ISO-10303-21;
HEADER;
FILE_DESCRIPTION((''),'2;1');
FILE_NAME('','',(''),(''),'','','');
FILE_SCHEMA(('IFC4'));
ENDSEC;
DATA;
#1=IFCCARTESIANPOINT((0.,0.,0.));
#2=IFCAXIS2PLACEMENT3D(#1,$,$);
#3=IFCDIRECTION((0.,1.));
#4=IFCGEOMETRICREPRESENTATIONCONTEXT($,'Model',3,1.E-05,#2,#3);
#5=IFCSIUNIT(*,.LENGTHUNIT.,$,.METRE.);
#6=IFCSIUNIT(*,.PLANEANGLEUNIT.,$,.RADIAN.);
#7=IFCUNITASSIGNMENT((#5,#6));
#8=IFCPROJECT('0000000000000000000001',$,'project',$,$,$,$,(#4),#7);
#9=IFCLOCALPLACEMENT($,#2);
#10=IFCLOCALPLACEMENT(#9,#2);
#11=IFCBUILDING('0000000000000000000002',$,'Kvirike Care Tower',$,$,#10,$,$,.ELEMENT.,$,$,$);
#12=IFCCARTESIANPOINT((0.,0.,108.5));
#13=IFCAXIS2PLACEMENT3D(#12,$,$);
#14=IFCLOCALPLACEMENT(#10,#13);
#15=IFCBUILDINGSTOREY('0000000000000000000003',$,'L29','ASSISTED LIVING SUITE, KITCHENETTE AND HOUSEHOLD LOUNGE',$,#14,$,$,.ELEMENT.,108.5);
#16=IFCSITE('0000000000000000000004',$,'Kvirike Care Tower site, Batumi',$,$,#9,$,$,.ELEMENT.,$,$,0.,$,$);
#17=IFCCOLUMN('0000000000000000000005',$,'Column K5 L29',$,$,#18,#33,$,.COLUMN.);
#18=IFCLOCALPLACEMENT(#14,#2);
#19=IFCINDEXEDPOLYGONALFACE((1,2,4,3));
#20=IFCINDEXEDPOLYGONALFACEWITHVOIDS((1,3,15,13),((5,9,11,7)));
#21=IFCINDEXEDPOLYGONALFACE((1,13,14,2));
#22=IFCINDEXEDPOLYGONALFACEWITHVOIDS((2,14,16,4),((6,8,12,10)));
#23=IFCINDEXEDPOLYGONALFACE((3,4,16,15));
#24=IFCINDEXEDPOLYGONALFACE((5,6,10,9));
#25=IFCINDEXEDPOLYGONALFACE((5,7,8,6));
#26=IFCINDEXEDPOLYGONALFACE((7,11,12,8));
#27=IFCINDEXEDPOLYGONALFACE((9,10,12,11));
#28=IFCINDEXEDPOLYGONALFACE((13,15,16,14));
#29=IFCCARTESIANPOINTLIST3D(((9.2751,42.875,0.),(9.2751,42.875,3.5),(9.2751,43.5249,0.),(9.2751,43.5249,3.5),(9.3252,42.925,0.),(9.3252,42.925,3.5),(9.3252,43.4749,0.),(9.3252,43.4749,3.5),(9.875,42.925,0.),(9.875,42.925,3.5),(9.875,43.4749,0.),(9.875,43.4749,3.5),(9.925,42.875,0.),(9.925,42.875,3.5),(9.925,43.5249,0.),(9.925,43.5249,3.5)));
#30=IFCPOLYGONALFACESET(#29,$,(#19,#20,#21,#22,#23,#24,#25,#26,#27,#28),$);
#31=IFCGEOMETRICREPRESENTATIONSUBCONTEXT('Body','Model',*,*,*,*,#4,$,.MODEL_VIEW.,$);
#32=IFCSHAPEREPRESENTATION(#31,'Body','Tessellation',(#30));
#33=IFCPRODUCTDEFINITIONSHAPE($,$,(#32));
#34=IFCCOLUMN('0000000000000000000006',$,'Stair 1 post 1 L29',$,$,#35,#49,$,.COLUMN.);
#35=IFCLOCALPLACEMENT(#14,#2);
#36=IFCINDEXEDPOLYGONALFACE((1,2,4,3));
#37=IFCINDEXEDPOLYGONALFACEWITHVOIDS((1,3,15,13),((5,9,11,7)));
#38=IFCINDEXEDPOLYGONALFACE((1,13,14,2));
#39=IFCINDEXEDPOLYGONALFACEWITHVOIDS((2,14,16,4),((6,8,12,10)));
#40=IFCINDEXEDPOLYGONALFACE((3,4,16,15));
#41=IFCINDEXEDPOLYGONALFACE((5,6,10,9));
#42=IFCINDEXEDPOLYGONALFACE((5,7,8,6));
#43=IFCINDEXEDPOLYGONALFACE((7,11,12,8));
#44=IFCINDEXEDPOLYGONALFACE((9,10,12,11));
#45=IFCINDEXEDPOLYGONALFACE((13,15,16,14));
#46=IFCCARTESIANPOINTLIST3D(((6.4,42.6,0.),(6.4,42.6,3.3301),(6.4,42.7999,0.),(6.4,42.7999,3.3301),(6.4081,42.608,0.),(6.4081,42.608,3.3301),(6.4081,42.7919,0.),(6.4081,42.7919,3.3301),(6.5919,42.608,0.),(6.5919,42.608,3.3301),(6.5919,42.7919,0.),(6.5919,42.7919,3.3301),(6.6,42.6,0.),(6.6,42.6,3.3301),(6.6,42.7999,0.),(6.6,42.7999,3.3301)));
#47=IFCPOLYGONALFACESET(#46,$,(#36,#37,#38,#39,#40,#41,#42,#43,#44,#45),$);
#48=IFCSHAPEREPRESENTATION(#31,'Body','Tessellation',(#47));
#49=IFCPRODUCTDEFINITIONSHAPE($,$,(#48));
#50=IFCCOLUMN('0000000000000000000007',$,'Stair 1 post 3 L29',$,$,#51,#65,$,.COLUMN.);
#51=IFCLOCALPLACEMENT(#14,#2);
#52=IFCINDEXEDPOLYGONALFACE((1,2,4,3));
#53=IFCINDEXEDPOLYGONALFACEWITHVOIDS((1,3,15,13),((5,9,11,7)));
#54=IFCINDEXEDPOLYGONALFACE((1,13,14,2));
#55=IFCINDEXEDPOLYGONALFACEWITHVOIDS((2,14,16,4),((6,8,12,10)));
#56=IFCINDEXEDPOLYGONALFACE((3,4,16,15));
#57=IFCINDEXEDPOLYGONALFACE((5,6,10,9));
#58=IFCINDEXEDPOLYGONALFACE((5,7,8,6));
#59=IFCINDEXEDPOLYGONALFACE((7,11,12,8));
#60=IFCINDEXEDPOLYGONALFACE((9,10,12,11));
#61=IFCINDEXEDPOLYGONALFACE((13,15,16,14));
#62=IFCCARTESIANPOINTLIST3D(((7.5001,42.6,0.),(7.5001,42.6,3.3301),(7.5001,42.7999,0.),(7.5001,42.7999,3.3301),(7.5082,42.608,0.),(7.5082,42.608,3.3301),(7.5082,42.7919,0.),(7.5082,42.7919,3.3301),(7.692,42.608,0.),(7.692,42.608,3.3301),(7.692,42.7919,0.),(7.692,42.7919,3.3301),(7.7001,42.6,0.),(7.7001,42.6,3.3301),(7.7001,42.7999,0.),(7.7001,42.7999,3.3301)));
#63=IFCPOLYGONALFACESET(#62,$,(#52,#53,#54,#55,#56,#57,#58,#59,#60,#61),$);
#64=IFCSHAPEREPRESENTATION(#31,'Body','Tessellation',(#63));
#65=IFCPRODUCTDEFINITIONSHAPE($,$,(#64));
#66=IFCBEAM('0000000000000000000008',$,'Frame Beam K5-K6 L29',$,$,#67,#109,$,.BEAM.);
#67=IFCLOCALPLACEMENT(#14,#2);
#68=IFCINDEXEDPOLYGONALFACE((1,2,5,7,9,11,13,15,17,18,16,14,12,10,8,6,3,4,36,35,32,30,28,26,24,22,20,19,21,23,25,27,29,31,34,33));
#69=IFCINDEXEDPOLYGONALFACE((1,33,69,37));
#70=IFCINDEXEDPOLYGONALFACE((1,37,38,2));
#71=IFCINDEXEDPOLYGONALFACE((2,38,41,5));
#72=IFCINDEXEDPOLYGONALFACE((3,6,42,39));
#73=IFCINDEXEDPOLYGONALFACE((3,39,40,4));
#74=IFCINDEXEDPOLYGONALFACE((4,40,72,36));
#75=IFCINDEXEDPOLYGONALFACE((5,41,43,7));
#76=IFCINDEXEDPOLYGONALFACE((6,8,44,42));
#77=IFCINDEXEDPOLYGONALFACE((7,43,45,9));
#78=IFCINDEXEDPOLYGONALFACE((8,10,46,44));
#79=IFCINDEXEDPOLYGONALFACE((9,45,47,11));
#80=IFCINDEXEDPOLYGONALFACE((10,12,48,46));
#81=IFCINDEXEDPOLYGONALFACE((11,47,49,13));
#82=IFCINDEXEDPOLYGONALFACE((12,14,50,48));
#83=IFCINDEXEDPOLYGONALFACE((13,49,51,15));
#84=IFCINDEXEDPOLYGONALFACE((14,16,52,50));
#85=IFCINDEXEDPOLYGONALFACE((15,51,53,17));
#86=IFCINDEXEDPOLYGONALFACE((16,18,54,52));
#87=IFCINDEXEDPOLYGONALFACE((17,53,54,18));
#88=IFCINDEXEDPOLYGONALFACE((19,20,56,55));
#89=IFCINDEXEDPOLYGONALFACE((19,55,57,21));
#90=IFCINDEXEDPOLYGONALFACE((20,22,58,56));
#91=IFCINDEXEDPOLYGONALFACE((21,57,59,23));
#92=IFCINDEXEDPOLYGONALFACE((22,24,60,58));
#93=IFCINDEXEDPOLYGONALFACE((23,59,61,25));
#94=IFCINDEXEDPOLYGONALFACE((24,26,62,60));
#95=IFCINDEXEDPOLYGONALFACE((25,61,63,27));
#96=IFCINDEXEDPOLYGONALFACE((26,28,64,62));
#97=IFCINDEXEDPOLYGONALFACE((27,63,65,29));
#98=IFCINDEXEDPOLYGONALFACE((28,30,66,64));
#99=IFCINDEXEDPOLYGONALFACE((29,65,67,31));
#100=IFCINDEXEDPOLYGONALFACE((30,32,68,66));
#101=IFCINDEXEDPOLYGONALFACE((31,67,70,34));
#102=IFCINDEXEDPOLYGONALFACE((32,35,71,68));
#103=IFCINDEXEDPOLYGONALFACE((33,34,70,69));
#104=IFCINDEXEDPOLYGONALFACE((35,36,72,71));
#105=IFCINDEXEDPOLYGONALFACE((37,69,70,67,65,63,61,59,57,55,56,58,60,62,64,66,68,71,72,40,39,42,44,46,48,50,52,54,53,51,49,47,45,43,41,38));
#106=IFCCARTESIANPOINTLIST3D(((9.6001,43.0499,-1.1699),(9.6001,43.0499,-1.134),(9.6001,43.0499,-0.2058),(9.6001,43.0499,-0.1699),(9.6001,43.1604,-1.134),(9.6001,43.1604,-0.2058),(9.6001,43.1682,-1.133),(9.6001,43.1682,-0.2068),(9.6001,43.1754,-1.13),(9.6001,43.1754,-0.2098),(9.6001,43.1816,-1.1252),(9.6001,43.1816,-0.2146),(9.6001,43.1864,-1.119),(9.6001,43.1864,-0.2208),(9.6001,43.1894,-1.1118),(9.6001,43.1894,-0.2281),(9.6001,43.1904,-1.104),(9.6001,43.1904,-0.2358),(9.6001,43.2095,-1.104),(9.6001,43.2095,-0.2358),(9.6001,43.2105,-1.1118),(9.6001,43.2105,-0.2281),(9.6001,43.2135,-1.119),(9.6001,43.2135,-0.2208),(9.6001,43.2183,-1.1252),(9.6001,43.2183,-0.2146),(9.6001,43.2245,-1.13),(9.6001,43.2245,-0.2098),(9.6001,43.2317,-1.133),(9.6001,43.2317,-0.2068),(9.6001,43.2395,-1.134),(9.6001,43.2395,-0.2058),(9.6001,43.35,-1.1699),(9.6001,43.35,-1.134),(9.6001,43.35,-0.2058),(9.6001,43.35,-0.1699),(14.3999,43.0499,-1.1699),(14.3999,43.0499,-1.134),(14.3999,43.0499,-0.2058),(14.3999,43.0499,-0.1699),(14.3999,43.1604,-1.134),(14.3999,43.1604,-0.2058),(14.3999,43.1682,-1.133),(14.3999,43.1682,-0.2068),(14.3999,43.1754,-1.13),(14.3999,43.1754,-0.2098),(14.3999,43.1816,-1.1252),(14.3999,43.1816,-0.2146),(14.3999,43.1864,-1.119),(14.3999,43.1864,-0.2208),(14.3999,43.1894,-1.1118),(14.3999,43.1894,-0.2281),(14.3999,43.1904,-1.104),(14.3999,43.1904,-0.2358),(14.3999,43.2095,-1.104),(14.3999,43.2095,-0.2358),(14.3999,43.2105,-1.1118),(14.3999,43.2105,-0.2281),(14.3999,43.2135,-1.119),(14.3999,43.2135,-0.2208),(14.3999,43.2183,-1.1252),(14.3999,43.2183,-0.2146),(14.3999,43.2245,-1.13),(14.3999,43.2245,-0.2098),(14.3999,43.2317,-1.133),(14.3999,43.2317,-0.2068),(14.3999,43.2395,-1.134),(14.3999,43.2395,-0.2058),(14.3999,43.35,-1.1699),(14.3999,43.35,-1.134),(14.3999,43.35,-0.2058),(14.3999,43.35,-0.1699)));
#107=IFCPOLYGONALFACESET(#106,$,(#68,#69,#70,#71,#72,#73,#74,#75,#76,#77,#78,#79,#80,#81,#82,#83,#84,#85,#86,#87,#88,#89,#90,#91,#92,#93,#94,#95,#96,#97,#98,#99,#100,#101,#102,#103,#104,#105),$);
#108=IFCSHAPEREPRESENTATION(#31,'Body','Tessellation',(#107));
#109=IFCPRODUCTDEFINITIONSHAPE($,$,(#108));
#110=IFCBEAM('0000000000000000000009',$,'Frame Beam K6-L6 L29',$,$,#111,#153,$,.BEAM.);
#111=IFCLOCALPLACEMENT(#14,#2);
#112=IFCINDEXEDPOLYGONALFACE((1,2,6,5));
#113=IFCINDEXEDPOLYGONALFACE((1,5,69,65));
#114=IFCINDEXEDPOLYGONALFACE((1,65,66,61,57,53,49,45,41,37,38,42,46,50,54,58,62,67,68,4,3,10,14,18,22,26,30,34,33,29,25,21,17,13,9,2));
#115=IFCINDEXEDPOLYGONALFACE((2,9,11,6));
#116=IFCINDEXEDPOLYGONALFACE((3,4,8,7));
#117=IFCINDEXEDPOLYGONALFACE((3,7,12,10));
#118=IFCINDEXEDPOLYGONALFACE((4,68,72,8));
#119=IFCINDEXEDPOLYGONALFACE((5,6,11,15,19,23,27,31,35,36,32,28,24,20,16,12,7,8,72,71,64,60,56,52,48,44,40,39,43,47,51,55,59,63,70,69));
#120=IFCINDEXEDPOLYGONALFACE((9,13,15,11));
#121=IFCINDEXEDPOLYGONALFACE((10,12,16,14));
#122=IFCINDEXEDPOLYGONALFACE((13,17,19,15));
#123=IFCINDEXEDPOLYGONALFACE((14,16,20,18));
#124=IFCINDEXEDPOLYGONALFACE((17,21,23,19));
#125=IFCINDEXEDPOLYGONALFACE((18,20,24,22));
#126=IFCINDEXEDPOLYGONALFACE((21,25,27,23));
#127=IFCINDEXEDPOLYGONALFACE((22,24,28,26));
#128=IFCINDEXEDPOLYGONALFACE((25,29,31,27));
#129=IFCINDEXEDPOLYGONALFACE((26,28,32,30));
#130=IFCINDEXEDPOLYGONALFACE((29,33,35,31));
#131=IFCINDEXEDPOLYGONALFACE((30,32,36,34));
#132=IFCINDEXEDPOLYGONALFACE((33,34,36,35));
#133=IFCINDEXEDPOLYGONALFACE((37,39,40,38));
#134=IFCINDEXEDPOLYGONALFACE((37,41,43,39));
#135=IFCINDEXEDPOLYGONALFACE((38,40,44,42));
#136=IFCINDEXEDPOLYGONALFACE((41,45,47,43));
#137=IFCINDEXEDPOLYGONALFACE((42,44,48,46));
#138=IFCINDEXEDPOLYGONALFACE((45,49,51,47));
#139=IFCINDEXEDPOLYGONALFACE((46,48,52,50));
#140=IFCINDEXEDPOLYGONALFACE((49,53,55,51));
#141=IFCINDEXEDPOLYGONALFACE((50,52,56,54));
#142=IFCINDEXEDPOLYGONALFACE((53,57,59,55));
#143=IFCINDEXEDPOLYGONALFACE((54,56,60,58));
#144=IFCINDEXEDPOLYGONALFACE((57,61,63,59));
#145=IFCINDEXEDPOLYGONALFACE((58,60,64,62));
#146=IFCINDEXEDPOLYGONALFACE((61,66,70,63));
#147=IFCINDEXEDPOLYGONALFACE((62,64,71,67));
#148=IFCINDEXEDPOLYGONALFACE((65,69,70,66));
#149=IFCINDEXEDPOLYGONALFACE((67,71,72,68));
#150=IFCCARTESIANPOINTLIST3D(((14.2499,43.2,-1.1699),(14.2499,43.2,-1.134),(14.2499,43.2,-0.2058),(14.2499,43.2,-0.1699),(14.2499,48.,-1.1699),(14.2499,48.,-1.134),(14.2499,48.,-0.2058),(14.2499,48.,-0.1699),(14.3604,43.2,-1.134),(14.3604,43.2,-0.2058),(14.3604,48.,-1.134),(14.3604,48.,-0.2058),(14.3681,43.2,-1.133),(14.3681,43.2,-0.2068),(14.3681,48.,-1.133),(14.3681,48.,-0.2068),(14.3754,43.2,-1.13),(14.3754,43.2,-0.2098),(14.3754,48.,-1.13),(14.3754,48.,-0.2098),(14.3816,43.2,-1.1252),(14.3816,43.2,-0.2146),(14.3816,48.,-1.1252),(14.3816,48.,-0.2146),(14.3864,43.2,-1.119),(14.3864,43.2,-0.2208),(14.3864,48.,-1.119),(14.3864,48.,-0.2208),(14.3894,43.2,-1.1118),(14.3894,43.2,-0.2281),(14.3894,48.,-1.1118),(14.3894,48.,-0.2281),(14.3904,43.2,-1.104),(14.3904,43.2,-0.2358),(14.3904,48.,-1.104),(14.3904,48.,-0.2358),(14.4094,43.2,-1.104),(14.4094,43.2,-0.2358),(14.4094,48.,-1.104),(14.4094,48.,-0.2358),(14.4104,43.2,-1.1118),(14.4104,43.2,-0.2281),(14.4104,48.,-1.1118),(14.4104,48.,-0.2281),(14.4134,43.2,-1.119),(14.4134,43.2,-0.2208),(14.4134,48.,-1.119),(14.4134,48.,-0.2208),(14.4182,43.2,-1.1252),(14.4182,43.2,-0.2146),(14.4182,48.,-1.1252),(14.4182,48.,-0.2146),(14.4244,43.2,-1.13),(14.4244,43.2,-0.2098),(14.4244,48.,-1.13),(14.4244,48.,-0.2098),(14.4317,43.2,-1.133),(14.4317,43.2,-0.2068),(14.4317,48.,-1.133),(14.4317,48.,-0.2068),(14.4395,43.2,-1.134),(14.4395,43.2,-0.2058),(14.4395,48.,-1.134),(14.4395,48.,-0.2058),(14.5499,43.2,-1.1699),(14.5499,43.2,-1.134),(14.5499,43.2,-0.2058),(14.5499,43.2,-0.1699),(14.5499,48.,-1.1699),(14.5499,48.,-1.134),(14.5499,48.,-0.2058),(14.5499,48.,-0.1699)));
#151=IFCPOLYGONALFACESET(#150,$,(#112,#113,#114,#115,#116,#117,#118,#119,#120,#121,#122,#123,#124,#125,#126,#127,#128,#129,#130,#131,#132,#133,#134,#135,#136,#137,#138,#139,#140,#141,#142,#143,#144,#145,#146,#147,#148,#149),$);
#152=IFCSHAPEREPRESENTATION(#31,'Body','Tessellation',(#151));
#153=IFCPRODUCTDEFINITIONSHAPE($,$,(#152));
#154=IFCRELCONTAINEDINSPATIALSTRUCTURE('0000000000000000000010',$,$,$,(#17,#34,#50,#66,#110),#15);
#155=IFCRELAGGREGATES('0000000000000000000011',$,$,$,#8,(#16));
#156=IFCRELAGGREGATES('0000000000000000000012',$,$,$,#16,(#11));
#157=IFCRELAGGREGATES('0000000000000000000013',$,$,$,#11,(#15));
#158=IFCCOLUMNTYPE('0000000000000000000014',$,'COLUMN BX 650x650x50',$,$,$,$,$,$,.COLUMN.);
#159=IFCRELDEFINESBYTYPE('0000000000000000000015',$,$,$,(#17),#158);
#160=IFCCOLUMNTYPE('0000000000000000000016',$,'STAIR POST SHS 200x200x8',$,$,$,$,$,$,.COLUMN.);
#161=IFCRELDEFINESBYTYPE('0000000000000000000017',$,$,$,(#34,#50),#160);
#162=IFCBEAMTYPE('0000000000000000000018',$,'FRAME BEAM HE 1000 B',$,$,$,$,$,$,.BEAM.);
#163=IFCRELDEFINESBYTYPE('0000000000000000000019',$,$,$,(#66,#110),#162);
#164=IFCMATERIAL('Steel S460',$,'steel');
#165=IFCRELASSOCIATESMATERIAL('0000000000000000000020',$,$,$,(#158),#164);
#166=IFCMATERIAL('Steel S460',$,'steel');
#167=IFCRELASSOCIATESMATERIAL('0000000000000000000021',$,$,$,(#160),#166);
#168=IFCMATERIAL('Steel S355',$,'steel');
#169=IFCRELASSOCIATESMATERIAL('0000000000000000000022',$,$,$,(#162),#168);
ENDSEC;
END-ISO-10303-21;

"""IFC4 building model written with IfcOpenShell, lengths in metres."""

from ifc_helpers import new_model, si_unit, direction, frame, origin, origin_2d, place, context, subcontext, project, spatial, hollow_rectangle, i_section, extrude, material, material_profile, profile_set, type_object, element, save


model = new_model("IFC4")

# Units and contexts
model_context = context("Model", 3, precision=1e-05, world=origin(), true_north=direction((0.0, 1.0)))
body_context = subcontext(model_context, "Body", "Model", "MODEL_VIEW")
ifc_project = project(units=[si_unit("LENGTHUNIT", "METRE"), si_unit("PLANEANGLEUNIT", "RADIAN")], contexts=[model_context])

# Site, building, storey
site_placement = place(None, origin())
site = spatial("IfcSite", under=ifc_project, at=site_placement, Name="Kvirike Care Tower site, Batumi", CompositionType="ELEMENT", RefElevation=0.0)
building_placement = place(site_placement, origin())
building = spatial("IfcBuilding", under=site, at=building_placement, Name="Kvirike Care Tower", CompositionType="ELEMENT")
storey_placement = place(building_placement, frame((0.0, 0.0, 108.5)))
storey = spatial("IfcBuildingStorey", under=building, at=storey_placement, Name="L29", Description="ASSISTED LIVING SUITE, KITCHENETTE AND HOUSEHOLD LOUNGE", CompositionType="ELEMENT", Elevation=108.5)

# Columns
ifc_material_1 = material(Name="Steel S460", Category="steel")
ifc_material_profile_1 = material_profile(ifc_material_1, hollow_rectangle(XDim=0.6499, YDim=0.6499, WallThickness=0.05, at=origin_2d()), Name="BX 650x650x50")
ifc_profile_set_1 = profile_set([ifc_material_profile_1], Name="Steel S460")
column_type_1 = type_object("IfcColumnType", Name="COLUMN BX 650x650x50", PredefinedType="COLUMN", material=ifc_profile_set_1)
column_placement = place(storey_placement, frame((9.6001, 43.2, 0.0), z_axis=(0.0, 0.0, 1.0), x_axis=(0.0, 1.0, 0.0)))
element("IfcColumn", 1, at=column_placement, inside=storey, type_object=column_type_1, Name="Column K5 L29", PredefinedType="COLUMN", context=body_context, shape_type="SweptSolid", body=[
    extrude(hollow_rectangle(XDim=0.6499, YDim=0.6499, WallThickness=0.05, at=origin_2d()), origin(), (0.0, 0.0, 1.0), 3.5),
])
ifc_material_2 = material(Name="Steel S460", Category="steel")
ifc_material_profile_2 = material_profile(ifc_material_2, hollow_rectangle(XDim=0.2, YDim=0.2, WallThickness=0.0081, at=origin_2d()), Name="SHS 200x200x8")
ifc_profile_set_2 = profile_set([ifc_material_profile_2], Name="Steel S460")
column_type_2 = type_object("IfcColumnType", Name="STAIR POST SHS 200x200x8", PredefinedType="COLUMN", material=ifc_profile_set_2)
for number, where, z_axis, x_axis, name in (
    (2, (6.5, 42.7, 0.0), (0.0, 0.0, 1.0), (1.0, 0.0, 0.0), "Stair 1 post 1 L29"),
    (3, (7.6001, 42.7, 0.0), (0.0, 0.0, 1.0), (1.0, 0.0, 0.0), "Stair 1 post 3 L29"),
):
    element("IfcColumn", number, at=place(storey_placement, frame(where, z_axis=z_axis, x_axis=x_axis)), inside=storey, type_object=column_type_2, Name=name, PredefinedType="COLUMN", context=body_context, shape_type="SweptSolid", body=[
        extrude(hollow_rectangle(XDim=0.2, YDim=0.2, WallThickness=0.0081, at=origin_2d()), origin(), (0.0, 0.0, 1.0), 3.3301),
    ])

# Beams
ifc_material_3 = material(Name="Steel S355", Category="steel")
ifc_material_profile_3 = material_profile(ifc_material_3, i_section(OverallWidth=0.3, OverallDepth=1.0, WebThickness=0.019, FlangeThickness=0.0359, FilletRadius=0.03, at=origin_2d()), Name="HE 1000 B")
ifc_profile_set_3 = profile_set([ifc_material_profile_3], Name="Steel S355")
beam_type_1 = type_object("IfcBeamType", Name="FRAME BEAM HE 1000 B", PredefinedType="BEAM", material=ifc_profile_set_3)
beam_1_placement = place(storey_placement, frame((9.6001, 43.2, -0.6699), z_axis=(1.0, 0.0, 0.0), x_axis=(0.0, 1.0, 0.0)))
element("IfcBeam", 4, at=beam_1_placement, inside=storey, type_object=beam_type_1, Name="Frame Beam K5-K6 L29", PredefinedType="BEAM", context=body_context, shape_type="SweptSolid", body=[
    extrude(i_section(OverallWidth=0.3, OverallDepth=1.0, WebThickness=0.019, FlangeThickness=0.0359, FilletRadius=0.03, at=origin_2d()), origin(), (0.0, 0.0, 1.0), 4.7998),
])
beam_2_placement = place(storey_placement, frame((14.3999, 43.2, -0.6699), z_axis=(0.0, 1.0, 0.0), x_axis=(-1.0, 0.0, 0.0)))
element("IfcBeam", 5, at=beam_2_placement, inside=storey, type_object=beam_type_1, Name="Frame Beam K6-L6 L29", PredefinedType="BEAM", context=body_context, shape_type="SweptSolid", body=[
    extrude(i_section(OverallWidth=0.3, OverallDepth=1.0, WebThickness=0.019, FlangeThickness=0.0359, FilletRadius=0.03, at=origin_2d()), origin(), (0.0, 0.0, 1.0), 4.8),
])

save(model, "model.ifc")
